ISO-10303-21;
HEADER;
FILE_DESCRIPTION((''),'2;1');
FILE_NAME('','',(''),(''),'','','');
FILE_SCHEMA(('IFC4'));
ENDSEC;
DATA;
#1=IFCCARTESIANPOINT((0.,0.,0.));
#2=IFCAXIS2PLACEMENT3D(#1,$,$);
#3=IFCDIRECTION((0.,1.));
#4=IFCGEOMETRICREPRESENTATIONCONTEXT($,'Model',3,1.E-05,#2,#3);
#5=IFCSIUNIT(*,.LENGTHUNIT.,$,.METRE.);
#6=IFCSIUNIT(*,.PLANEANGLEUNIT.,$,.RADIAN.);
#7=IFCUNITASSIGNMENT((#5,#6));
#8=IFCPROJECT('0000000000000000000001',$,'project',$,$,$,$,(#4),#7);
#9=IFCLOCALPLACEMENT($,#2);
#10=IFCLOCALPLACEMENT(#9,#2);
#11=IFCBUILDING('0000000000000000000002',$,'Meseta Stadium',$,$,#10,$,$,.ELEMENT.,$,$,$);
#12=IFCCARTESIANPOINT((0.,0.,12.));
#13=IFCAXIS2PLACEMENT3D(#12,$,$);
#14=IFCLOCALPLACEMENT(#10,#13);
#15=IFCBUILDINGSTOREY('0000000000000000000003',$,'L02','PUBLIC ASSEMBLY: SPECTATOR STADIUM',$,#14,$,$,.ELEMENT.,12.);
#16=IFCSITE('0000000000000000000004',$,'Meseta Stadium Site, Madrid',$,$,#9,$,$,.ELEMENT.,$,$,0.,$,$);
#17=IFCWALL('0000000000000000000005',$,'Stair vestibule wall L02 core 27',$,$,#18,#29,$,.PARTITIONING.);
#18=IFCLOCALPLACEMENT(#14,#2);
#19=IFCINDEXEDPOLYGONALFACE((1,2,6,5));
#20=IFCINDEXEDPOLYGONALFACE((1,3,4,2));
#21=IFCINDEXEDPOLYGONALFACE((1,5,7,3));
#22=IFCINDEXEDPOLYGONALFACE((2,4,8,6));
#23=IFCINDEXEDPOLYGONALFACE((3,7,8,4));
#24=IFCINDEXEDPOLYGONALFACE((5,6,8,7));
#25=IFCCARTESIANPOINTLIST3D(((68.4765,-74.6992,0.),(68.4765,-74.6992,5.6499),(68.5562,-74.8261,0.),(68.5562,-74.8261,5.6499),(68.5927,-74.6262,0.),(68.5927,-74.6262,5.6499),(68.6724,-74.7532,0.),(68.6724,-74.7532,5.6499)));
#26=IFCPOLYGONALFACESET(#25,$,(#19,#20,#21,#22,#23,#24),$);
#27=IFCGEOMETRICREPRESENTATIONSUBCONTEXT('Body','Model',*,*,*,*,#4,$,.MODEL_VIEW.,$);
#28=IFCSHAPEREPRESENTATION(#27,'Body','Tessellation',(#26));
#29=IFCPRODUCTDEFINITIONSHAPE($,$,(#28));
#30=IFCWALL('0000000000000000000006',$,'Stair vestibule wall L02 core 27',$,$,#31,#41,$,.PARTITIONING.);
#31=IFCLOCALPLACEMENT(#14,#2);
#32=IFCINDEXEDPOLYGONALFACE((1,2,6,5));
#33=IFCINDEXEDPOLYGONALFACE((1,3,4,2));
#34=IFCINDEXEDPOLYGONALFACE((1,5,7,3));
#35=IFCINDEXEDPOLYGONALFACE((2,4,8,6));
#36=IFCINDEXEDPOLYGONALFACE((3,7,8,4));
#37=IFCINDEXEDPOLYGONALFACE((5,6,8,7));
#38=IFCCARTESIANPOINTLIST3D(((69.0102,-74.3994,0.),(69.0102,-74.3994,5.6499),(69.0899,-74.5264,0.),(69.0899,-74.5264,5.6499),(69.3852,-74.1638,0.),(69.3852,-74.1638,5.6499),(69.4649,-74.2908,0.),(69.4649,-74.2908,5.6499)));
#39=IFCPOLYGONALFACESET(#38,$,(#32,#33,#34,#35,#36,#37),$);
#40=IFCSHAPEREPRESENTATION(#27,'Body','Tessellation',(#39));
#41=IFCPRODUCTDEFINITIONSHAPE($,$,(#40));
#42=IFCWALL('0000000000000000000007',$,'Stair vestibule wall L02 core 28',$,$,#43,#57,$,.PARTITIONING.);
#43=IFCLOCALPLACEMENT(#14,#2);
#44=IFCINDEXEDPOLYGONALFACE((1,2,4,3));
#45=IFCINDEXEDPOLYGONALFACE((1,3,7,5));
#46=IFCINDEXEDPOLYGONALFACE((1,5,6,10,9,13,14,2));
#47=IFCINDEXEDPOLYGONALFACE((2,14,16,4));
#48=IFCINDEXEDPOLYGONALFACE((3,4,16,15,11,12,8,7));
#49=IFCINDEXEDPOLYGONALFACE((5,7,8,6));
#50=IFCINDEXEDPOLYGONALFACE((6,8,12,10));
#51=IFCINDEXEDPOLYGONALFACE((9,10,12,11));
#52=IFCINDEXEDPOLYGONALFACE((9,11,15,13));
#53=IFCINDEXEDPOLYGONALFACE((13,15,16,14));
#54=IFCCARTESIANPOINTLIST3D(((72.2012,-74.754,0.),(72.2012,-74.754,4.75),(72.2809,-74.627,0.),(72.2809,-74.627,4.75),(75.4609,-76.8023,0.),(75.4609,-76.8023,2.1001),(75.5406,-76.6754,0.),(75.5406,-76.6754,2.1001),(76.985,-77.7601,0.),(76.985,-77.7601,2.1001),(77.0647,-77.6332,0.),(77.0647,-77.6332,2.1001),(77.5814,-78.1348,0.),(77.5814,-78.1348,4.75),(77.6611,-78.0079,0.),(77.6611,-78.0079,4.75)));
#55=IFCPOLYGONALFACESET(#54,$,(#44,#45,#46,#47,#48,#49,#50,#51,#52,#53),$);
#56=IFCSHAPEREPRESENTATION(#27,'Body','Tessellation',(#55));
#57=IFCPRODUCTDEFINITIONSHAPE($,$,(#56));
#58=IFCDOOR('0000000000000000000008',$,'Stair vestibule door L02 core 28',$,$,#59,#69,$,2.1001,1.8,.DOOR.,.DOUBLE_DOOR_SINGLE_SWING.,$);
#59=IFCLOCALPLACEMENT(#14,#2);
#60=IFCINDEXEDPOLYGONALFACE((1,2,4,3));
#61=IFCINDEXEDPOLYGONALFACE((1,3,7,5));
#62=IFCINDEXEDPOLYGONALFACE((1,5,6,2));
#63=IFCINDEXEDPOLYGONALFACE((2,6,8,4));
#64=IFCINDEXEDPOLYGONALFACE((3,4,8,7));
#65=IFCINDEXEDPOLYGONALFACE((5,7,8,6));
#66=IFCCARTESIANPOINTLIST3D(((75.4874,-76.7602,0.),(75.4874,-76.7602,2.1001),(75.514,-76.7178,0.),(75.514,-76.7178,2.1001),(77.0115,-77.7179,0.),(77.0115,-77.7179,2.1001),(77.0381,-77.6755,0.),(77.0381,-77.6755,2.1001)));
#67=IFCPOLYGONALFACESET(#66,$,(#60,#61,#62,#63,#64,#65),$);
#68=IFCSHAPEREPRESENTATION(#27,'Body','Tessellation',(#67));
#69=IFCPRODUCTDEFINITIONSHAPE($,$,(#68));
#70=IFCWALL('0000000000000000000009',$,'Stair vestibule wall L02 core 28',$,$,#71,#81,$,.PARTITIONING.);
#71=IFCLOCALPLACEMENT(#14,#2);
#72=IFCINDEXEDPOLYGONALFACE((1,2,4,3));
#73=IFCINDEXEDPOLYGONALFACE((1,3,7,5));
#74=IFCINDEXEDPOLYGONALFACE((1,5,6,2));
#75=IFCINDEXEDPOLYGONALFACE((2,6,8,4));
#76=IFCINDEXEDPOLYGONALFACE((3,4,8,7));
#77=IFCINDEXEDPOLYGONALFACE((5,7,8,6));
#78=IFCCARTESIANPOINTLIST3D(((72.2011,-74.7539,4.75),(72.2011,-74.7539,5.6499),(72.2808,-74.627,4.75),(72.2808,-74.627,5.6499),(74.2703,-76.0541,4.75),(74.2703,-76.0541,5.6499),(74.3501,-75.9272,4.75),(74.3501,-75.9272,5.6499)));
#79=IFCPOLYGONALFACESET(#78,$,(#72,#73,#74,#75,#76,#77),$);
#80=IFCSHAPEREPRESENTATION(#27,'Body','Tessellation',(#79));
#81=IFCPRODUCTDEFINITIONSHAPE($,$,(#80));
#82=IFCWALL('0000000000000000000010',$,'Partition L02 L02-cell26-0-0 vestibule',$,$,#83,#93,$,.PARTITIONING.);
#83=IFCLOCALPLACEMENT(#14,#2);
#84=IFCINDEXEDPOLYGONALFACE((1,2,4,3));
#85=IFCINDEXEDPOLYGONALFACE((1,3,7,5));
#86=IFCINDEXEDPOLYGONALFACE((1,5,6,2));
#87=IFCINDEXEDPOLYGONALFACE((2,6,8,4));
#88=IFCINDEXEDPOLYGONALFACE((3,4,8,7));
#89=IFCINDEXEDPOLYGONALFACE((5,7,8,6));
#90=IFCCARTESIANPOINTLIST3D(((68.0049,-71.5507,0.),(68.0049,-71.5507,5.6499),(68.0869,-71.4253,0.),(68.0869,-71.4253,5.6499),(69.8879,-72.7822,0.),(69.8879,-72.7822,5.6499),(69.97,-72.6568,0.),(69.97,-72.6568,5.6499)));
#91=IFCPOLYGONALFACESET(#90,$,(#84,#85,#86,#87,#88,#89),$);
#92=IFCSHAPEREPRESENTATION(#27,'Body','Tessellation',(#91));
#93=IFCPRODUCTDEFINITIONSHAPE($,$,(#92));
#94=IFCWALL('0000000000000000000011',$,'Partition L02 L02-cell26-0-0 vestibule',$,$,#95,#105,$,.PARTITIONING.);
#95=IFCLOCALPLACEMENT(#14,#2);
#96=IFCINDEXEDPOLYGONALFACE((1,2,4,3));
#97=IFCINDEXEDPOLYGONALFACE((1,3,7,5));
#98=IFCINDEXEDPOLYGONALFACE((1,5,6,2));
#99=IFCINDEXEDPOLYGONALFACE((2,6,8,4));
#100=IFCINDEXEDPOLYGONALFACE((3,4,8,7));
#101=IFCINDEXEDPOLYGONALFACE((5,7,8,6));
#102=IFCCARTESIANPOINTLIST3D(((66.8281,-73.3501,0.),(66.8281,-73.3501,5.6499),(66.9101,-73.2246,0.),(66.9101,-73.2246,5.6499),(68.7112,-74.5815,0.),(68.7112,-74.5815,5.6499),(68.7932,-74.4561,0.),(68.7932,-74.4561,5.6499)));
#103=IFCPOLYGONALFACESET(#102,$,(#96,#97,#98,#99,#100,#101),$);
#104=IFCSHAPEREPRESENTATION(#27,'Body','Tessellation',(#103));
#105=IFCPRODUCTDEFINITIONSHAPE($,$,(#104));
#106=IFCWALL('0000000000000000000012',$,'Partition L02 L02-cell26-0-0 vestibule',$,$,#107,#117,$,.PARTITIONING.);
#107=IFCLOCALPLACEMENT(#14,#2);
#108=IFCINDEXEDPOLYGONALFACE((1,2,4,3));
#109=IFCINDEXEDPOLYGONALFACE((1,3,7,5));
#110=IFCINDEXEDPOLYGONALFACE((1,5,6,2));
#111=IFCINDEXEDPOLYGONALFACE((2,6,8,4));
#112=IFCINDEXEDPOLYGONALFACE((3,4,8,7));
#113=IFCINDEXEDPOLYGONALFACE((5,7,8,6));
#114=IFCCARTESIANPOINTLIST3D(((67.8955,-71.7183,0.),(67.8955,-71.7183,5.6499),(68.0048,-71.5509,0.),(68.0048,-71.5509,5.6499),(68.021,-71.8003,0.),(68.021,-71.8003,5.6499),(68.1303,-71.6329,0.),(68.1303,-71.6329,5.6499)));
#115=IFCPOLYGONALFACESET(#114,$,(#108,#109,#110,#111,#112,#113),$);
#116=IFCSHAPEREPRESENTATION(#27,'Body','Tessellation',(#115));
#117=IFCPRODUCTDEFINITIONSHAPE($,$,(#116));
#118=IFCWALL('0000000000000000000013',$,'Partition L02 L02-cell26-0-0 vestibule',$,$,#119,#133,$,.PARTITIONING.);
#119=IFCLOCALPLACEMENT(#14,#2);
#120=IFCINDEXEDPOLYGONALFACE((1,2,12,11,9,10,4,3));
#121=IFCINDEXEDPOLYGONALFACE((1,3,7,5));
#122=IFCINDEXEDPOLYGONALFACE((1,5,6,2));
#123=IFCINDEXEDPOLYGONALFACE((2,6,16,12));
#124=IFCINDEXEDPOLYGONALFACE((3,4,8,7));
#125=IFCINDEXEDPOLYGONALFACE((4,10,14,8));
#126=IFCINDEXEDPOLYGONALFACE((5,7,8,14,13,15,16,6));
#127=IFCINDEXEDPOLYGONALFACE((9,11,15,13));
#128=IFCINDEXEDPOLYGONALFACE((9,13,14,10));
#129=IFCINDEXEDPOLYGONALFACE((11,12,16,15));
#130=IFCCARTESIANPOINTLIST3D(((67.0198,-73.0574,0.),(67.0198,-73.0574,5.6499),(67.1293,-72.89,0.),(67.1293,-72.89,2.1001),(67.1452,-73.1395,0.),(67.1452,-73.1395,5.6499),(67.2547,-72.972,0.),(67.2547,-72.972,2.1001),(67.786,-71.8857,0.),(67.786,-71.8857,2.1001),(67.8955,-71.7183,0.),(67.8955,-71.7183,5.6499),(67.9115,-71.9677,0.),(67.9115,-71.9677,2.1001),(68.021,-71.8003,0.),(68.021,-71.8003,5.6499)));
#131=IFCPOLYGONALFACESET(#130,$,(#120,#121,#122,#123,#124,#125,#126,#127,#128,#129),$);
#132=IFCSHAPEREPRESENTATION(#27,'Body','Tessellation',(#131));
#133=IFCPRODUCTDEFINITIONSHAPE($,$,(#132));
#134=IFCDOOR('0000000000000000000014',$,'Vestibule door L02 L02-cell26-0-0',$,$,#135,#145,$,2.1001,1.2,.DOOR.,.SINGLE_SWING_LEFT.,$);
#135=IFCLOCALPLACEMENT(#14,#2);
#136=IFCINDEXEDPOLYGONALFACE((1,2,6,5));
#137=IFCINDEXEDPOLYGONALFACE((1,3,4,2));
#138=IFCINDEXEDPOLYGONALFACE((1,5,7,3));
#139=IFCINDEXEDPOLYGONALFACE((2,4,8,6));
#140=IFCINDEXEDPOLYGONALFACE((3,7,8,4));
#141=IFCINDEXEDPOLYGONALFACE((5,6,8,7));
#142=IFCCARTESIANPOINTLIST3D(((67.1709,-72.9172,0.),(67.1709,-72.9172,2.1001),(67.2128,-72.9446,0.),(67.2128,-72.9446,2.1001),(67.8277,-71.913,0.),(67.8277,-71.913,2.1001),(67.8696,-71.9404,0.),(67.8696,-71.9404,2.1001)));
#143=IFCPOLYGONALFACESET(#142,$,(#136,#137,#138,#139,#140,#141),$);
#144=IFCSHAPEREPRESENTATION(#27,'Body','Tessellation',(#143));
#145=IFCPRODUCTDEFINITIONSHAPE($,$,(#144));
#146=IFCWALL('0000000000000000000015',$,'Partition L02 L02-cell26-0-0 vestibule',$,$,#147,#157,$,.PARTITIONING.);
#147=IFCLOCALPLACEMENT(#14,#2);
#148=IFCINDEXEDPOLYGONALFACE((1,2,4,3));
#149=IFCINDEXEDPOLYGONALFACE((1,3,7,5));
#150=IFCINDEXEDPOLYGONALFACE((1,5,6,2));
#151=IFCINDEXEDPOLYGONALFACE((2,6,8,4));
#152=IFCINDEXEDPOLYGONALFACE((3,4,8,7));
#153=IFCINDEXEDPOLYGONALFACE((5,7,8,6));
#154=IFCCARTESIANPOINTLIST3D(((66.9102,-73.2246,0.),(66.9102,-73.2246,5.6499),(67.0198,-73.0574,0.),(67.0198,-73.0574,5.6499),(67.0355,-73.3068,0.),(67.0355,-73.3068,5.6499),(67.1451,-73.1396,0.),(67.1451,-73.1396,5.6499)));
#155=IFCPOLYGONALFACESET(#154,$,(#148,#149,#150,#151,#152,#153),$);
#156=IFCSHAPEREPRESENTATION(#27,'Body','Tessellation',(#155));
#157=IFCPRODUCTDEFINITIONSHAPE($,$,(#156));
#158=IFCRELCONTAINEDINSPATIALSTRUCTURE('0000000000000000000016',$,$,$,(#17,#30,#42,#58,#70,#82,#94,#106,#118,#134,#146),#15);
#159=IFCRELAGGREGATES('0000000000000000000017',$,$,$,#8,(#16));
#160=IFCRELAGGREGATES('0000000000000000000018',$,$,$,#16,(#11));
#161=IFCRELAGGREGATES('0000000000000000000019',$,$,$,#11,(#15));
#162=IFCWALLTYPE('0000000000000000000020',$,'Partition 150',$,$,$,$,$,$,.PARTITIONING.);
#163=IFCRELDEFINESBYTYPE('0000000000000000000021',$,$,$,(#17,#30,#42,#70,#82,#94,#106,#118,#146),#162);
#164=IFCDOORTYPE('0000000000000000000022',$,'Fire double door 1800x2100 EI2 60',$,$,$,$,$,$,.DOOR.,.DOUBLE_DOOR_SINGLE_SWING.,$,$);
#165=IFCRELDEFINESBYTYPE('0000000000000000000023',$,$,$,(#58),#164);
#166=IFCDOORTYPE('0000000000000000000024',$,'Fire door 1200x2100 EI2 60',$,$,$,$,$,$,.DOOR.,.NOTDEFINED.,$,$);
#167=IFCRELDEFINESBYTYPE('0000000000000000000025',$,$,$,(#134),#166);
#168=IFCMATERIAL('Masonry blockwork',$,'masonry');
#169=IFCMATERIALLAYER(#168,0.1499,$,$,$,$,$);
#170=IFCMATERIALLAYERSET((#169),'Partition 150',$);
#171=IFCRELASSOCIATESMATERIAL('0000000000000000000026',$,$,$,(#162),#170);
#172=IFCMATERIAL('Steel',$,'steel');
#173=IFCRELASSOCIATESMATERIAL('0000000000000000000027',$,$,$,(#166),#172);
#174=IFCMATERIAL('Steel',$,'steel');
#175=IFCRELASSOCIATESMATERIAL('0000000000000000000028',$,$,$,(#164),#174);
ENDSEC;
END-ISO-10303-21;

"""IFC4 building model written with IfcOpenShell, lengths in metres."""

from ifc_helpers import new_model, si_unit, direction, frame, frame_2d, origin, place, context, subcontext, project, spatial, rectangle, extrude, material, layer, layer_set, type_object, element, fill, save


model = new_model("IFC4")

# Units and contexts
model_context = context("Model", 3, precision=1e-05, world=origin(), true_north=direction((0.0, 1.0)))
body_context = subcontext(model_context, "Body", "Model", "MODEL_VIEW")
ifc_project = project(units=[si_unit("LENGTHUNIT", "METRE"), si_unit("PLANEANGLEUNIT", "RADIAN")], contexts=[model_context])

# Site, building, storey
site_placement = place(None, origin())
site = spatial("IfcSite", under=ifc_project, at=site_placement, Name="Meseta Stadium Site, Madrid", CompositionType="ELEMENT", RefElevation=0.0)
building_placement = place(site_placement, origin())
building = spatial("IfcBuilding", under=site, at=building_placement, Name="Meseta Stadium", CompositionType="ELEMENT")
storey_placement = place(building_placement, frame((0.0, 0.0, 12.0)))
storey = spatial("IfcBuildingStorey", under=building, at=storey_placement, Name="L02", Description="PUBLIC ASSEMBLY: SPECTATOR STADIUM", CompositionType="ELEMENT", Elevation=12.0)

# Shared definitions
ifc_material_1 = material(Name="Masonry blockwork", Category="masonry")
ifc_layer = layer(ifc_material_1, 0.1499)
ifc_layer_set = layer_set([ifc_layer], Name="Partition 150")
wall_type = type_object("IfcWallType", Name="Partition 150", PredefinedType="PARTITIONING", material=ifc_layer_set)
ifc_material_2 = material(Name="Steel", Category="steel")
door_type_1 = type_object("IfcDoorType", Name="Fire door 1200x2100 EI2 60", OperationType="NOTDEFINED", PredefinedType="DOOR", material=ifc_material_2)

# Walls
wall_1_placement = place(storey_placement, frame((68.6326, -74.6897, 0.0), z_axis=(0.0, 0.0, 1.0), x_axis=(-0.846797, -0.531916, 0.0)))
element("IfcWall", 1, at=wall_1_placement, inside=storey, type_object=wall_type, Name="Stair vestibule wall L02 core 27", PredefinedType="PARTITIONING", context=body_context, shape_type="SweptSolid", body=[
    extrude(rectangle(XDim=0.1372, YDim=0.1499, at=frame_2d((0.0686, 0.0))), origin(), (0.0, 0.0, 1.0), 5.6499),
])
wall_2_placement = place(storey_placement, frame((69.425, -74.2273, 0.0), z_axis=(0.0, 0.0, 1.0), x_axis=(-0.846757, -0.53198, 0.0)))
element("IfcWall", 2, at=wall_2_placement, inside=storey, type_object=wall_type, Name="Stair vestibule wall L02 core 27", PredefinedType="PARTITIONING", context=body_context, shape_type="SweptSolid", body=[
    extrude(rectangle(XDim=0.4429, YDim=0.1499, at=frame_2d((0.2214, 0.0))), origin(), (0.0, 0.0, 1.0), 5.6499),
])

# Wall, opening, door
wall_3_placement = place(storey_placement, frame((72.241, -74.6904, 0.0), z_axis=(0.0, 0.0, 1.0), x_axis=(0.846703, -0.532066, 0.0)))
wall_3 = element("IfcWall", 3, at=wall_3_placement, inside=storey, type_object=wall_type, Name="Stair vestibule wall L02 core 28", PredefinedType="PARTITIONING", context=body_context, shape_type="SweptSolid", body=[
    extrude(rectangle(XDim=6.3542, YDim=0.1499, at=frame_2d((3.1772, 0.0))), origin(), (0.0, 0.0, 1.0), 4.75),
])
opening_1_placement = place(wall_3_placement, frame((3.8501, 0.0, 0.0)))
opening_1 = element("IfcOpeningElement", 4, at=opening_1_placement, cuts=wall_3, PredefinedType="OPENING", context=body_context, shape_type="SweptSolid", body=[
    extrude(rectangle(XDim=1.8, YDim=2.1001, at=frame_2d((0.8999, 1.05))), frame((0.0, 0.085, 0.0), z_axis=(0.0, -1.0, 0.0), x_axis=(1.0, 0.0, 0.0)), (0.0, 0.0, 1.0), 0.1699),
])
ifc_material_3 = material(Name="Steel", Category="steel")
door_type_2 = type_object("IfcDoorType", Name="Fire double door 1800x2100 EI2 60", OperationType="DOUBLE_DOOR_SINGLE_SWING", PredefinedType="DOOR", material=ifc_material_3)
door_1_placement = place(opening_1_placement, origin())
door_1 = element("IfcDoor", 5, at=door_1_placement, inside=storey, type_object=door_type_2, Name="Stair vestibule door L02 core 28", OperationType="DOUBLE_DOOR_SINGLE_SWING", OverallHeight=2.1001, OverallWidth=1.8, PredefinedType="DOOR", context=body_context, shape_type="SweptSolid", body=[
    extrude(rectangle(XDim=1.8, YDim=2.1001, at=frame_2d((0.8999, 1.05))), frame((0.0, 0.0249, 0.0), z_axis=(0.0, -1.0, 0.0), x_axis=(1.0, 0.0, 0.0)), (0.0, 0.0, 1.0), 0.05),
])
fill(opening_1, door_1)

# Walls
wall_4_placement = place(storey_placement, frame((72.241, -74.6904, 4.75), z_axis=(0.0, 0.0, 1.0), x_axis=(0.846716, -0.532045, 0.0)))
element("IfcWall", 6, at=wall_4_placement, inside=storey, type_object=wall_type, Name="Stair vestibule wall L02 core 28", PredefinedType="PARTITIONING", context=body_context, shape_type="SweptSolid", body=[
    extrude(rectangle(XDim=2.4438, YDim=0.1499, at=frame_2d((1.2219, 0.0))), origin(), (0.0, 0.0, 1.0), 0.8999),
])
for number, where, z_axis, x_axis, name in (
    (7, (69.929, -72.7195, 0.0), (0.0, 0.0, 1.0), (-0.836926, 0.547317, 0.0), "Partition L02 L02-cell26-0-0 vestibule"),
    (8, (68.7522, -74.5188, 0.0), (0.0, 0.0, 1.0), (-0.836926, 0.547317, 0.0), "Partition L02 L02-cell26-0-0 vestibule"),
):
    element("IfcWall", number, at=place(storey_placement, frame(where, z_axis=z_axis, x_axis=x_axis)), inside=storey, type_object=wall_type, Name=name, PredefinedType="PARTITIONING", context=body_context, shape_type="SweptSolid", body=[
        extrude(rectangle(XDim=2.25, YDim=0.1499, at=frame_2d((1.125, 0.0))), origin(), (0.0, 0.0, 1.0), 5.6499),
    ])
wall_5_placement = place(storey_placement, frame((68.0676, -71.5918, 0.0), z_axis=(0.0, 0.0, 1.0), x_axis=(-0.546789, -0.837271, 0.0)))
element("IfcWall", 9, at=wall_5_placement, inside=storey, type_object=wall_type, Name="Partition L02 L02-cell26-0-0 vestibule", PredefinedType="PARTITIONING", context=body_context, shape_type="SweptSolid", body=[
    extrude(rectangle(XDim=0.2, YDim=0.1499, at=frame_2d((0.1001, 0.0))), origin(), (0.0, 0.0, 1.0), 5.6499),
])

# Wall, opening, door
wall_6_placement = place(storey_placement, frame((67.9583, -71.7593, 0.0), z_axis=(0.0, 0.0, 1.0), x_axis=(-0.547319, -0.836924, 0.0)))
wall_6 = element("IfcWall", 10, at=wall_6_placement, inside=storey, type_object=wall_type, Name="Partition L02 L02-cell26-0-0 vestibule", PredefinedType="PARTITIONING", context=body_context, shape_type="SweptSolid", body=[
    extrude(rectangle(XDim=1.6001, YDim=0.1499, at=frame_2d((0.8, 0.0))), origin(), (0.0, 0.0, 1.0), 5.6499),
])
opening_2_placement = place(wall_6_placement, frame((0.2, 0.0, 0.0)))
opening_2 = element("IfcOpeningElement", 11, at=opening_2_placement, cuts=wall_6, PredefinedType="OPENING", context=body_context, shape_type="SweptSolid", body=[
    extrude(rectangle(XDim=1.2, YDim=2.1001, at=frame_2d((0.6001, 1.05))), frame((0.0, 0.085, 0.0), z_axis=(0.0, -1.0, 0.0), x_axis=(1.0, 0.0, 0.0)), (0.0, 0.0, 1.0), 0.1699),
])
door_2_placement = place(opening_2_placement, origin())
door_2 = element("IfcDoor", 12, at=door_2_placement, inside=storey, type_object=door_type_1, Name="Vestibule door L02 L02-cell26-0-0", OperationType="SINGLE_SWING_LEFT", OverallHeight=2.1001, OverallWidth=1.2, PredefinedType="DOOR", context=body_context, shape_type="SweptSolid", body=[
    extrude(rectangle(XDim=1.2, YDim=2.1001, at=frame_2d((0.6001, 1.05))), frame((0.0, 0.0249, 0.0), z_axis=(0.0, -1.0, 0.0), x_axis=(1.0, 0.0, 0.0)), (0.0, 0.0, 1.0), 0.05),
])
fill(opening_2, door_2)

# Wall
wall_7_placement = place(storey_placement, frame((67.0825, -73.0984, 0.0), z_axis=(0.0, 0.0, 1.0), x_axis=(-0.548203, -0.836345, 0.0)))
element("IfcWall", 13, at=wall_7_placement, inside=storey, type_object=wall_type, Name="Partition L02 L02-cell26-0-0 vestibule", PredefinedType="PARTITIONING", context=body_context, shape_type="SweptSolid", body=[
    extrude(rectangle(XDim=0.2, YDim=0.1499, at=frame_2d((0.1001, 0.0))), origin(), (0.0, 0.0, 1.0), 5.6499),
])

save(model, "model.ifc")
